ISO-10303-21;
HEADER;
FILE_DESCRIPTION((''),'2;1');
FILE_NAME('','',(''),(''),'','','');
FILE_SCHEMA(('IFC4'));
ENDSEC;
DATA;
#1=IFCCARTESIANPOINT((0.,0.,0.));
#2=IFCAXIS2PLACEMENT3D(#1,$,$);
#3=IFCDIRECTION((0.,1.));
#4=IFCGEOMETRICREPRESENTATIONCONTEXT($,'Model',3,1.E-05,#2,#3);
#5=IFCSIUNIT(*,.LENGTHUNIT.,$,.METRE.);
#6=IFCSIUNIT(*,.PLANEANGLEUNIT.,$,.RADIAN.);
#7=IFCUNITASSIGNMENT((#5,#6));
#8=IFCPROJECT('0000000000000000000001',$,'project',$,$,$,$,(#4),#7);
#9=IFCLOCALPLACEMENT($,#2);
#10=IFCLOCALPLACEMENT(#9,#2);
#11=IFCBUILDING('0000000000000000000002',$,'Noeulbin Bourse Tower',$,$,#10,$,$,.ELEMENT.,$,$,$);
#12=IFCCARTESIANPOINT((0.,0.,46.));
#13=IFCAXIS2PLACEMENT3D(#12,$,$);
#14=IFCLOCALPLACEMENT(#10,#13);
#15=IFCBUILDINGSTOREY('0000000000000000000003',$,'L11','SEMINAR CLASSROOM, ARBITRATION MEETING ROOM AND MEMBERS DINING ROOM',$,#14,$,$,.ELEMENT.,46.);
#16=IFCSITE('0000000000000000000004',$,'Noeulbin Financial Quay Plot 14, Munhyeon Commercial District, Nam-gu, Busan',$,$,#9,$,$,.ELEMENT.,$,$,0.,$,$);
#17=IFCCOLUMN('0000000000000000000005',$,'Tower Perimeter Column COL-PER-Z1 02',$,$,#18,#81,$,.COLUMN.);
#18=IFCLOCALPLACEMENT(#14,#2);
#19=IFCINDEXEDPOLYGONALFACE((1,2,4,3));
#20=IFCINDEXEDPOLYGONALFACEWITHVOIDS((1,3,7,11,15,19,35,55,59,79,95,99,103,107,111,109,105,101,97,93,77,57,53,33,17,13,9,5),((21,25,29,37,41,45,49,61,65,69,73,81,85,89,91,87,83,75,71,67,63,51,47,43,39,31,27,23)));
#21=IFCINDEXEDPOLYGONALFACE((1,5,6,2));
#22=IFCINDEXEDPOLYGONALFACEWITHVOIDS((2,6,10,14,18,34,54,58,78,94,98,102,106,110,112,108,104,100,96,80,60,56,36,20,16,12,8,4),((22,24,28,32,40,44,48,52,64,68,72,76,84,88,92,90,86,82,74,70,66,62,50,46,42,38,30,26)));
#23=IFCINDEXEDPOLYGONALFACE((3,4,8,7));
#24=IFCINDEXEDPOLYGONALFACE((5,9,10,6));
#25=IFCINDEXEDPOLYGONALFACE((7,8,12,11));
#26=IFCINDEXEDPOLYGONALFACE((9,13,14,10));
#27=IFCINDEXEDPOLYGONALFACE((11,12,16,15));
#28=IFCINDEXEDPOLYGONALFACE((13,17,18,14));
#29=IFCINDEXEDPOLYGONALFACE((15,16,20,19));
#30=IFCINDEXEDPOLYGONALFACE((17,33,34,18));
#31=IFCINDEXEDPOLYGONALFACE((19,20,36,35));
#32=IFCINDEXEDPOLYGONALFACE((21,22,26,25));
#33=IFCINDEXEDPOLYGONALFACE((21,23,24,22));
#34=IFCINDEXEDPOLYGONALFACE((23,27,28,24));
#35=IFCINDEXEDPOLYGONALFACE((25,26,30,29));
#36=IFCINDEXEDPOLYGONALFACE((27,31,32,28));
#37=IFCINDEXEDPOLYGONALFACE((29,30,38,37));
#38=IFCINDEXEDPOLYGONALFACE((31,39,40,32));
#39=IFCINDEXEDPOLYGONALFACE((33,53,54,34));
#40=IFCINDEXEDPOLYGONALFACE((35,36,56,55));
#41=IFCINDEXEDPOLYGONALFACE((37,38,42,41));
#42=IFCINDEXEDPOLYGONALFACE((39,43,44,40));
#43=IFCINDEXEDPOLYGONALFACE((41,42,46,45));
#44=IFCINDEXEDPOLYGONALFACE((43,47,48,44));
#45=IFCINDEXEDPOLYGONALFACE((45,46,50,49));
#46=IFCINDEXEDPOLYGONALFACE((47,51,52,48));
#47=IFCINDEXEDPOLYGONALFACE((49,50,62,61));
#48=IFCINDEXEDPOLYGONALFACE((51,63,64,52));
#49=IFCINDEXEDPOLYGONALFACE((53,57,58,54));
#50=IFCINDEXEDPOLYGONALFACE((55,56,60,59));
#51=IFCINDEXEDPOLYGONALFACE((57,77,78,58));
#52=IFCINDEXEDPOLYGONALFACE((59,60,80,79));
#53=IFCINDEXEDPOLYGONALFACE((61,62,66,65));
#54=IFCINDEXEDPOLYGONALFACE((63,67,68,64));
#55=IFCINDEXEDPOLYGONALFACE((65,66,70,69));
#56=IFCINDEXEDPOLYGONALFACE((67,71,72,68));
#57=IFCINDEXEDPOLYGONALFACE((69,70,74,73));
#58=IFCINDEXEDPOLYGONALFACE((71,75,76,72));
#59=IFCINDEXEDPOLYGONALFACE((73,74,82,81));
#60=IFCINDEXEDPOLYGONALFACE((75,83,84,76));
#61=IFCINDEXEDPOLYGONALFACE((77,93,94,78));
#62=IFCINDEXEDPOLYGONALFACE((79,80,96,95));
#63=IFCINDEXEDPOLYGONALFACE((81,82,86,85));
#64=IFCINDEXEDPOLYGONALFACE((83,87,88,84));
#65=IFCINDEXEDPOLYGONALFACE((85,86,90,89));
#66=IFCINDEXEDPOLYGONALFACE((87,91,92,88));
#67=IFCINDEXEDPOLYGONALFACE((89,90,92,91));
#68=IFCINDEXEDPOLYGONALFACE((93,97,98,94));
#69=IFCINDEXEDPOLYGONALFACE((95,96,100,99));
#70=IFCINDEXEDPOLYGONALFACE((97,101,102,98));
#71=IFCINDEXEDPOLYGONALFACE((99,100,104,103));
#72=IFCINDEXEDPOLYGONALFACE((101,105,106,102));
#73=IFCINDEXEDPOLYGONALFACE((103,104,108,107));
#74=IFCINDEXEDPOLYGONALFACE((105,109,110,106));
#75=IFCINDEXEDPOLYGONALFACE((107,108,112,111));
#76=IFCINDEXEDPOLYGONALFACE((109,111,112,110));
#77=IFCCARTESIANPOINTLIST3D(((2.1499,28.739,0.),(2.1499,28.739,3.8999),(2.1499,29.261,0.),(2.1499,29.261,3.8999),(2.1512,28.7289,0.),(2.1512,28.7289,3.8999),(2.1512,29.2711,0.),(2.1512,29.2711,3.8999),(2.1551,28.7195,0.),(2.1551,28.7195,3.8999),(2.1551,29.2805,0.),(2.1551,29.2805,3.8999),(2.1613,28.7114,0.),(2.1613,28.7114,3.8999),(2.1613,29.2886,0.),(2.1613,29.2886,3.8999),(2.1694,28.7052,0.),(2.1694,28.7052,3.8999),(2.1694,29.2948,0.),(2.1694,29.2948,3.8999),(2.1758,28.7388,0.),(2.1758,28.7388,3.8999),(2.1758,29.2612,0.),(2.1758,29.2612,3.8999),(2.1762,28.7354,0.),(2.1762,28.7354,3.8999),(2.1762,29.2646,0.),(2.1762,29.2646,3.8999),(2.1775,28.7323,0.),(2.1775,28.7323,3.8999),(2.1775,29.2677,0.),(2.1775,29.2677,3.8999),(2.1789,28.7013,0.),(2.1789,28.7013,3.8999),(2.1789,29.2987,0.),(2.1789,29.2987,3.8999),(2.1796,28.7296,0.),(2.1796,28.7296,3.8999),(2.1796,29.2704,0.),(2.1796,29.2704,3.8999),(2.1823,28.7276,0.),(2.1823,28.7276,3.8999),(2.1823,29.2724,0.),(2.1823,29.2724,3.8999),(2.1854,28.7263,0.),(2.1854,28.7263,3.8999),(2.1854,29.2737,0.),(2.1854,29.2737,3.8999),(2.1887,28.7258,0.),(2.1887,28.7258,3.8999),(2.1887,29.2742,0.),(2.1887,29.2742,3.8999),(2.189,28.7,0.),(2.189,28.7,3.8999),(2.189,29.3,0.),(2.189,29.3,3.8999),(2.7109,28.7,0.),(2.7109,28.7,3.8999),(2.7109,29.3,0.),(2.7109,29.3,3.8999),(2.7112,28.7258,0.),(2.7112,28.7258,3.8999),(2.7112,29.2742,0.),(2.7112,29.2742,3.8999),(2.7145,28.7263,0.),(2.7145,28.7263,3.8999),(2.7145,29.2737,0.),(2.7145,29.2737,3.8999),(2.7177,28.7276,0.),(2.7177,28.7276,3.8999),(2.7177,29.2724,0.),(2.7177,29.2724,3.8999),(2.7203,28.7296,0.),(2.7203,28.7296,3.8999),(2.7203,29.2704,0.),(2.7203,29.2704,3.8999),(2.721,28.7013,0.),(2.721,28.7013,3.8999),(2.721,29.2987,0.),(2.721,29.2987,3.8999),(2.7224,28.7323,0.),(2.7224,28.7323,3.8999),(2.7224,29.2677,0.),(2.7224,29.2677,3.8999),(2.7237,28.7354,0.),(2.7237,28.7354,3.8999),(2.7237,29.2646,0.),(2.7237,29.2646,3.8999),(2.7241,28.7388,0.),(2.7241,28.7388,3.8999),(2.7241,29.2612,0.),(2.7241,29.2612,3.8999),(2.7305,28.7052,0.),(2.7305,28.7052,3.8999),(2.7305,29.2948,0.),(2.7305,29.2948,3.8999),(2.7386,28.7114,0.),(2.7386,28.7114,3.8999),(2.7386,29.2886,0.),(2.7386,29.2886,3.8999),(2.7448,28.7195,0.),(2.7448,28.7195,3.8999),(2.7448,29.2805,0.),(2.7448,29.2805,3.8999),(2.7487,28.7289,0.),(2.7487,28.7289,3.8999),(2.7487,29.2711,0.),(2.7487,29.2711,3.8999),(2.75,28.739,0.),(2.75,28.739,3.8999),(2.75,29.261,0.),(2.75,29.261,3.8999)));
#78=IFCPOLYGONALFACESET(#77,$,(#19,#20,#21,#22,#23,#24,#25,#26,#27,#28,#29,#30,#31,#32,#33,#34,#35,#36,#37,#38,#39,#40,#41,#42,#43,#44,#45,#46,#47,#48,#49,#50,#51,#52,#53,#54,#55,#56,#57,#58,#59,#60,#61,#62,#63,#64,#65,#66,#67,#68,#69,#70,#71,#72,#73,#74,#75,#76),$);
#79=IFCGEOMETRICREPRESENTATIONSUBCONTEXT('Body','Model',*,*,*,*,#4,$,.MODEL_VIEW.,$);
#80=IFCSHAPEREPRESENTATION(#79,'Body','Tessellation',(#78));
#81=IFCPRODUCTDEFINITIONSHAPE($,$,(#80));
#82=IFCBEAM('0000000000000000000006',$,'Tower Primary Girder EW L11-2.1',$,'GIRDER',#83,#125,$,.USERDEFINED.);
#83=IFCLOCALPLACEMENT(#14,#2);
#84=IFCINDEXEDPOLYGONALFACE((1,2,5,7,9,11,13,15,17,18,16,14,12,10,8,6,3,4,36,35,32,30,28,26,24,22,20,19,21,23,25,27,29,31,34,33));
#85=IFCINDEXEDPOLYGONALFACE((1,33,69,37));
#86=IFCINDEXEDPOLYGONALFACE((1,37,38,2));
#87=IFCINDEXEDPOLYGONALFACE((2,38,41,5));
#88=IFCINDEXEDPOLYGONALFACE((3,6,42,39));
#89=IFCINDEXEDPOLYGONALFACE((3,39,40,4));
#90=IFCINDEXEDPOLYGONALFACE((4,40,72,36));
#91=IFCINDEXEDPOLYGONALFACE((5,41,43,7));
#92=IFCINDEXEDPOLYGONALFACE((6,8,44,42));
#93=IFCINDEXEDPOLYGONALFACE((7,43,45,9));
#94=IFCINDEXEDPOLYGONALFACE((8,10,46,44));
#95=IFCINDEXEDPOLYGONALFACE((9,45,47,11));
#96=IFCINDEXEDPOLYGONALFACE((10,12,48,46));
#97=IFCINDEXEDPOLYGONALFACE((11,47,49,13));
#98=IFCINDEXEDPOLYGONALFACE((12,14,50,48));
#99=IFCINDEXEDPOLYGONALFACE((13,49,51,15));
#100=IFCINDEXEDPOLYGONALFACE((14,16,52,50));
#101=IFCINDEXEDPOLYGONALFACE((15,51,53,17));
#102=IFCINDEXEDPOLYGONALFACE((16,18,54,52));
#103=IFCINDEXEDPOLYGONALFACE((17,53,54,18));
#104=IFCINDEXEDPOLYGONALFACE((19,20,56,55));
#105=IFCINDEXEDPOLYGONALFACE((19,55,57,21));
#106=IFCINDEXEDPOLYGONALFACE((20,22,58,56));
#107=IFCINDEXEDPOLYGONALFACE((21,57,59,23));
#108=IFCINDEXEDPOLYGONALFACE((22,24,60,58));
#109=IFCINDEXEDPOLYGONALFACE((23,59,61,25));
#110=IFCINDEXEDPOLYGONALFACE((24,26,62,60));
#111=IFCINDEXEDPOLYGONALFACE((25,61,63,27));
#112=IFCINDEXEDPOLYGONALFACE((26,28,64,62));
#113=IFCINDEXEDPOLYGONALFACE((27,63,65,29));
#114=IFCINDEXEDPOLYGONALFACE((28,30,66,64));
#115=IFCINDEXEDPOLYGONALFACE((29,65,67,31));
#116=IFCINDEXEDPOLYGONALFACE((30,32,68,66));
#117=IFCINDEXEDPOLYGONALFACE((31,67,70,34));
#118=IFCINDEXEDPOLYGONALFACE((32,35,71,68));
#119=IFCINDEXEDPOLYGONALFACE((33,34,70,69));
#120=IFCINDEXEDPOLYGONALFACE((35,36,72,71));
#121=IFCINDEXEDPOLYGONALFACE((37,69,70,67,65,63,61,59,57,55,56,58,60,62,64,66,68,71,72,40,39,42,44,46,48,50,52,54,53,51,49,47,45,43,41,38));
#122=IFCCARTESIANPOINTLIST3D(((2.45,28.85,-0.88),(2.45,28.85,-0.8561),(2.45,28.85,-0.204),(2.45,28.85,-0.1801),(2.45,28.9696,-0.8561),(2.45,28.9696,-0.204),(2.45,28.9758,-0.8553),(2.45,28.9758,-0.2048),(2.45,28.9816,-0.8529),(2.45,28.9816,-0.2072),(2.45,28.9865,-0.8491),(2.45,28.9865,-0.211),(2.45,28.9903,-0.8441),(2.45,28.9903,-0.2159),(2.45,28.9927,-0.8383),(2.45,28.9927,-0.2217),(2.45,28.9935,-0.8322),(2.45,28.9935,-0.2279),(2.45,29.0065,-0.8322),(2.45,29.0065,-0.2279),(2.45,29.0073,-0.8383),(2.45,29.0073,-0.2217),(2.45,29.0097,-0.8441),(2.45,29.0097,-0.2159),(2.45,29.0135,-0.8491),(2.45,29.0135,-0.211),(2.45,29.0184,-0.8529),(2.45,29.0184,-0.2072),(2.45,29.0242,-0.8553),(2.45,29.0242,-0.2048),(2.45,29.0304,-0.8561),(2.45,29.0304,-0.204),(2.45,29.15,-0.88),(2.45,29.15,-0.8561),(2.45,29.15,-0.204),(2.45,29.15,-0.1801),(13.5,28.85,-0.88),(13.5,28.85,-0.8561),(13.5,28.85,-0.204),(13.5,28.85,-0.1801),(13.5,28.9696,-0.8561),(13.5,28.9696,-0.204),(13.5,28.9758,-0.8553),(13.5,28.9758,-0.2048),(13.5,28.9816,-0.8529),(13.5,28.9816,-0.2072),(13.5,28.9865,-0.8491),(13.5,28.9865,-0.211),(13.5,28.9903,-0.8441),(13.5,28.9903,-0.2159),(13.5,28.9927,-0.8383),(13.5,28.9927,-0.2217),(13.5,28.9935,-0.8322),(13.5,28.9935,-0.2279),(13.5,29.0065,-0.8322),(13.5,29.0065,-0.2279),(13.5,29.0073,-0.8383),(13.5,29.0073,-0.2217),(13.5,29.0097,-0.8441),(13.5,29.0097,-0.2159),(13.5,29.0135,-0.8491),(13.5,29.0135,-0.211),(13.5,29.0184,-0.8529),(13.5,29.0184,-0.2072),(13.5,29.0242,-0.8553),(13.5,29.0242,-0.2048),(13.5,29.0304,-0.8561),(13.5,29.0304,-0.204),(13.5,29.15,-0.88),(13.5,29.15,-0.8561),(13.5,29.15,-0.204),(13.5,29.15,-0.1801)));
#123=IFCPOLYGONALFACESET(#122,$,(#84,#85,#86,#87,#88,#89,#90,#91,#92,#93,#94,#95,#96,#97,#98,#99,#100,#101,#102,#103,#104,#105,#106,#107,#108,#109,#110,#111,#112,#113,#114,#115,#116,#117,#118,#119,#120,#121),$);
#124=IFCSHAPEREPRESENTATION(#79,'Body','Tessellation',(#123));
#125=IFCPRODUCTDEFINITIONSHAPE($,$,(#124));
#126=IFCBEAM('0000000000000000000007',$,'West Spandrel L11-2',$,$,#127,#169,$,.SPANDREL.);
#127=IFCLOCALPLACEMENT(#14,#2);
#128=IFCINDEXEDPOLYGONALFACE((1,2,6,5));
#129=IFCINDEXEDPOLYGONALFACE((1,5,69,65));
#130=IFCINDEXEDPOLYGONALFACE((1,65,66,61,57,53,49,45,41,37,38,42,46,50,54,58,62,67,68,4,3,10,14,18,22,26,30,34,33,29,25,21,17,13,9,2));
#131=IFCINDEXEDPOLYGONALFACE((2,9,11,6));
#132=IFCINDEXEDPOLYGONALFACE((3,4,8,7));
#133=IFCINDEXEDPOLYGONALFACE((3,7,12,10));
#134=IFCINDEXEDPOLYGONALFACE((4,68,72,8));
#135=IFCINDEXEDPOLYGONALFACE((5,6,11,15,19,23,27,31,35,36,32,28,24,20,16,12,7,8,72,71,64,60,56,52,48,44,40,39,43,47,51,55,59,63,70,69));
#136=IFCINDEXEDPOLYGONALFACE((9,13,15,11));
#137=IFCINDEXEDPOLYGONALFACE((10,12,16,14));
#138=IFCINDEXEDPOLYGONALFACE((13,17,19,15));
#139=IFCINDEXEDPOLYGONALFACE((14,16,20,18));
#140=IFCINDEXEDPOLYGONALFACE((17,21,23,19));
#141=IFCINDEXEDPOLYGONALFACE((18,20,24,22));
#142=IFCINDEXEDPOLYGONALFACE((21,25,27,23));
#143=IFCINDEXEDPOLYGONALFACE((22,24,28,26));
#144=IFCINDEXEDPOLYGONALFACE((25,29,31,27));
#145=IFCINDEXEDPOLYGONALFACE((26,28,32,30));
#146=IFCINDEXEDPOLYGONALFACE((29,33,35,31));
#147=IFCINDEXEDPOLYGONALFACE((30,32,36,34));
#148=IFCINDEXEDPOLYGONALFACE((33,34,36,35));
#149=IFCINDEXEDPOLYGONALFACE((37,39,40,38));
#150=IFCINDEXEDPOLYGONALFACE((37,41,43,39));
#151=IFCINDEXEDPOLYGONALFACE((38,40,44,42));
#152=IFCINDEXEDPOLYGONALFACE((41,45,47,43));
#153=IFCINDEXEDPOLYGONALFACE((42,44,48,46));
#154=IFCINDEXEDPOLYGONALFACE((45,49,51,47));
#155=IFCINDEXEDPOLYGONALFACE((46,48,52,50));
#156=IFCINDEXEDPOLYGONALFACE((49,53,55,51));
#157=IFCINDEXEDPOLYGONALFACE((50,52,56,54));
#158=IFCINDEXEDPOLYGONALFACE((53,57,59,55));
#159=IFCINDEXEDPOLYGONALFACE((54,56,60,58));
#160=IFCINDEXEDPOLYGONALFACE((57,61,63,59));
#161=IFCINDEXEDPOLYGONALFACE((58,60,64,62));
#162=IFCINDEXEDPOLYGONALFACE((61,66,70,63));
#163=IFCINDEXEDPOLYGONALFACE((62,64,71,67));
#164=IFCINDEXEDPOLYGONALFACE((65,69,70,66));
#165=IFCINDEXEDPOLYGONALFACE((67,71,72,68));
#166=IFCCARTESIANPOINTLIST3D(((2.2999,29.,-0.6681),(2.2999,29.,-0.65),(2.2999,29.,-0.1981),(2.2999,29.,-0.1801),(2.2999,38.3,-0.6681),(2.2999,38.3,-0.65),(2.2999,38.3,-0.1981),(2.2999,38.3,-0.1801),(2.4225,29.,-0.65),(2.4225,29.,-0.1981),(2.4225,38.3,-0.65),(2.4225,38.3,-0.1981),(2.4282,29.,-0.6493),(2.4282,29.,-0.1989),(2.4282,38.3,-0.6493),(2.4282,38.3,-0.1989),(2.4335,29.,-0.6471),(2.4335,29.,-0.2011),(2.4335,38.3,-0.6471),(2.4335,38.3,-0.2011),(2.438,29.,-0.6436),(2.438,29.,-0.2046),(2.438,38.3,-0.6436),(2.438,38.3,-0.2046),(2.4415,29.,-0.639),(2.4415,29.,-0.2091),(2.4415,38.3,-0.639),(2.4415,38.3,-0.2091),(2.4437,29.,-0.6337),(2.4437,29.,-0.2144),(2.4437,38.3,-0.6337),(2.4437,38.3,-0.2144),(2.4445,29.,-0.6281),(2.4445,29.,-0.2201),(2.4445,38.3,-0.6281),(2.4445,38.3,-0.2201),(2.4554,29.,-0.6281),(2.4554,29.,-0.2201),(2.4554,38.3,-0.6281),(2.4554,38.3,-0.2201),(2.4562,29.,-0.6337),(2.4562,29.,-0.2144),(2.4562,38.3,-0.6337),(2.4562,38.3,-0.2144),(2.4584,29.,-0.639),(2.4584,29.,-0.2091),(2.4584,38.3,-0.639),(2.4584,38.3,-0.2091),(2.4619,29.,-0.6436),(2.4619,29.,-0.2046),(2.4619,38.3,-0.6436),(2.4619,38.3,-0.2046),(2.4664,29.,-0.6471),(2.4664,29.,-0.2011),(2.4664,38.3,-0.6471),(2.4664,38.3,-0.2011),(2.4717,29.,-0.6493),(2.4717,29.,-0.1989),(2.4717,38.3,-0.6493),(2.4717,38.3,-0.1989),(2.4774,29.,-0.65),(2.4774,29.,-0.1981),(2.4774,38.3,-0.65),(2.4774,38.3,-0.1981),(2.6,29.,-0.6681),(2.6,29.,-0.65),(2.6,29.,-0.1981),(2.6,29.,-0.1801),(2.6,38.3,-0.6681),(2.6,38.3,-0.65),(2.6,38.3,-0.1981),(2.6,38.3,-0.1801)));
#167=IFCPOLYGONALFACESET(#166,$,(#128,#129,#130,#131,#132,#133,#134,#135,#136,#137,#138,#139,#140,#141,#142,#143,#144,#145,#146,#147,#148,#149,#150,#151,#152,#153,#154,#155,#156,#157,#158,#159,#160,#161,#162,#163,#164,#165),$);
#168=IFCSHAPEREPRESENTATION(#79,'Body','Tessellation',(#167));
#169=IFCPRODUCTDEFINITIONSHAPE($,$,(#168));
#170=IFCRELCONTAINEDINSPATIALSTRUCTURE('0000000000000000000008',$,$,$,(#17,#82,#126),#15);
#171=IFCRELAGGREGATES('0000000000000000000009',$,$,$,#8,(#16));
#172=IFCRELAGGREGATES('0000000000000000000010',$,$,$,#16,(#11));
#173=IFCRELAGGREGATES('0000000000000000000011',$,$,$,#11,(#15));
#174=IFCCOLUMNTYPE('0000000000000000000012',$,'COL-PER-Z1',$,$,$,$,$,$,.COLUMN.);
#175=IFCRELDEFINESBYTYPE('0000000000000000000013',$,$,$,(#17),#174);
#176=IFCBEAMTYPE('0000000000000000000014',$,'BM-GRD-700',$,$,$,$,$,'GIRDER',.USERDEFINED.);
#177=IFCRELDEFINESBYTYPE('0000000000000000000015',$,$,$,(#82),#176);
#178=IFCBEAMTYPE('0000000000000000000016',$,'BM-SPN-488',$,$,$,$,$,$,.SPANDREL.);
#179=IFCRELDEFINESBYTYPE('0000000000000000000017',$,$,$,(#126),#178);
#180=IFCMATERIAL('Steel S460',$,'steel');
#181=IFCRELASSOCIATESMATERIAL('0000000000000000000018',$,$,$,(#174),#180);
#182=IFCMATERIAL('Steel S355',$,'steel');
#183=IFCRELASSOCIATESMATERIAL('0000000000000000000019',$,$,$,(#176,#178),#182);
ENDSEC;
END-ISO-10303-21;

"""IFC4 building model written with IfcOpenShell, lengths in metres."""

from ifc_helpers import new_model, si_unit, direction, frame, origin, origin_2d, place, context, subcontext, project, spatial, hollow_rectangle, i_section, extrude, material, material_profile, profile_set, type_object, element, save


model = new_model("IFC4")

# Units and contexts
model_context = context("Model", 3, precision=1e-05, world=origin(), true_north=direction((0.0, 1.0)))
body_context = subcontext(model_context, "Body", "Model", "MODEL_VIEW")
ifc_project = project(units=[si_unit("LENGTHUNIT", "METRE"), si_unit("PLANEANGLEUNIT", "RADIAN")], contexts=[model_context])

# Site, building, storey
site_placement = place(None, origin())
site = spatial("IfcSite", under=ifc_project, at=site_placement, Name="Noeulbin Financial Quay Plot 14, Munhyeon Commercial District, Nam-gu, Busan", CompositionType="ELEMENT", RefElevation=0.0)
building_placement = place(site_placement, origin())
building = spatial("IfcBuilding", under=site, at=building_placement, Name="Noeulbin Bourse Tower", CompositionType="ELEMENT")
storey_placement = place(building_placement, frame((0.0, 0.0, 46.0)))
storey = spatial("IfcBuildingStorey", under=building, at=storey_placement, Name="L11", Description="SEMINAR CLASSROOM, ARBITRATION MEETING ROOM AND MEMBERS DINING ROOM", CompositionType="ELEMENT", Elevation=46.0)

# Column
ifc_material_1 = material(Name="Steel S460", Category="steel")
ifc_material_profile_1 = material_profile(ifc_material_1, hollow_rectangle(XDim=0.6001, YDim=0.6001, WallThickness=0.0259, InnerFilletRadius=0.0129, OuterFilletRadius=0.0391, at=origin_2d()), Name="BOX-600x600x26", Category="LoadBearing")
ifc_profile_set_1 = profile_set([ifc_material_profile_1], Name="Steel S460")
column_type = type_object("IfcColumnType", Name="COL-PER-Z1", PredefinedType="COLUMN", material=ifc_profile_set_1)
column_placement = place(storey_placement, frame((2.45, 29.0, 0.0), z_axis=(0.0, 0.0, 1.0), x_axis=(1.0, 0.0, 0.0)))
element("IfcColumn", 1, at=column_placement, inside=storey, type_object=column_type, Name="Tower Perimeter Column COL-PER-Z1 02", PredefinedType="COLUMN", context=body_context, shape_type="SweptSolid", body=[
    extrude(hollow_rectangle(XDim=0.6001, YDim=0.6001, WallThickness=0.0259, InnerFilletRadius=0.0129, OuterFilletRadius=0.0391, at=origin_2d()), origin(), (0.0, 0.0, 1.0), 3.8999),
])

# Beams
ifc_material_2 = material(Name="Steel S355", Category="steel")
ifc_material_profile_2 = material_profile(ifc_material_2, i_section(OverallWidth=0.3, OverallDepth=0.7, WebThickness=0.0129, FlangeThickness=0.0239, FilletRadius=0.0239, at=origin_2d()), Name="H-700x300x13x24", Category="LoadBearing")
ifc_profile_set_2 = profile_set([ifc_material_profile_2], Name="Steel S355")
beam_type_1 = type_object("IfcBeamType", Name="BM-GRD-700", ElementType="GIRDER", PredefinedType="USERDEFINED", material=ifc_profile_set_2)
beam_1_placement = place(storey_placement, frame((2.45, 29.0, -0.53), z_axis=(1.0, 0.0, 0.0), x_axis=(0.0, 1.0, 0.0)))
element("IfcBeam", 2, at=beam_1_placement, inside=storey, type_object=beam_type_1, Name="Tower Primary Girder EW L11-2.1", ObjectType="GIRDER", PredefinedType="USERDEFINED", context=body_context, shape_type="SweptSolid", body=[
    extrude(i_section(OverallWidth=0.3, OverallDepth=0.7, WebThickness=0.0129, FlangeThickness=0.0239, FilletRadius=0.0239, at=origin_2d()), origin(), (0.0, 0.0, 1.0), 11.05),
])
ifc_material_profile_3 = material_profile(ifc_material_2, i_section(OverallWidth=0.3, OverallDepth=0.488, WebThickness=0.011, FlangeThickness=0.0181, FilletRadius=0.022, at=origin_2d()), Name="H-488x300x11x18", Category="LoadBearing")
ifc_profile_set_3 = profile_set([ifc_material_profile_3], Name="Steel S355")
beam_type_2 = type_object("IfcBeamType", Name="BM-SPN-488", PredefinedType="SPANDREL", material=ifc_profile_set_3)
beam_2_placement = place(storey_placement, frame((2.45, 29.0, -0.4241), z_axis=(0.0, 1.0, 0.0), x_axis=(-1.0, 0.0, 0.0)))
element("IfcBeam", 3, at=beam_2_placement, inside=storey, type_object=beam_type_2, Name="West Spandrel L11-2", PredefinedType="SPANDREL", context=body_context, shape_type="SweptSolid", body=[
    extrude(i_section(OverallWidth=0.3, OverallDepth=0.488, WebThickness=0.011, FlangeThickness=0.0181, FilletRadius=0.022, at=origin_2d()), origin(), (0.0, 0.0, 1.0), 9.3),
])

save(model, "model.ifc")
